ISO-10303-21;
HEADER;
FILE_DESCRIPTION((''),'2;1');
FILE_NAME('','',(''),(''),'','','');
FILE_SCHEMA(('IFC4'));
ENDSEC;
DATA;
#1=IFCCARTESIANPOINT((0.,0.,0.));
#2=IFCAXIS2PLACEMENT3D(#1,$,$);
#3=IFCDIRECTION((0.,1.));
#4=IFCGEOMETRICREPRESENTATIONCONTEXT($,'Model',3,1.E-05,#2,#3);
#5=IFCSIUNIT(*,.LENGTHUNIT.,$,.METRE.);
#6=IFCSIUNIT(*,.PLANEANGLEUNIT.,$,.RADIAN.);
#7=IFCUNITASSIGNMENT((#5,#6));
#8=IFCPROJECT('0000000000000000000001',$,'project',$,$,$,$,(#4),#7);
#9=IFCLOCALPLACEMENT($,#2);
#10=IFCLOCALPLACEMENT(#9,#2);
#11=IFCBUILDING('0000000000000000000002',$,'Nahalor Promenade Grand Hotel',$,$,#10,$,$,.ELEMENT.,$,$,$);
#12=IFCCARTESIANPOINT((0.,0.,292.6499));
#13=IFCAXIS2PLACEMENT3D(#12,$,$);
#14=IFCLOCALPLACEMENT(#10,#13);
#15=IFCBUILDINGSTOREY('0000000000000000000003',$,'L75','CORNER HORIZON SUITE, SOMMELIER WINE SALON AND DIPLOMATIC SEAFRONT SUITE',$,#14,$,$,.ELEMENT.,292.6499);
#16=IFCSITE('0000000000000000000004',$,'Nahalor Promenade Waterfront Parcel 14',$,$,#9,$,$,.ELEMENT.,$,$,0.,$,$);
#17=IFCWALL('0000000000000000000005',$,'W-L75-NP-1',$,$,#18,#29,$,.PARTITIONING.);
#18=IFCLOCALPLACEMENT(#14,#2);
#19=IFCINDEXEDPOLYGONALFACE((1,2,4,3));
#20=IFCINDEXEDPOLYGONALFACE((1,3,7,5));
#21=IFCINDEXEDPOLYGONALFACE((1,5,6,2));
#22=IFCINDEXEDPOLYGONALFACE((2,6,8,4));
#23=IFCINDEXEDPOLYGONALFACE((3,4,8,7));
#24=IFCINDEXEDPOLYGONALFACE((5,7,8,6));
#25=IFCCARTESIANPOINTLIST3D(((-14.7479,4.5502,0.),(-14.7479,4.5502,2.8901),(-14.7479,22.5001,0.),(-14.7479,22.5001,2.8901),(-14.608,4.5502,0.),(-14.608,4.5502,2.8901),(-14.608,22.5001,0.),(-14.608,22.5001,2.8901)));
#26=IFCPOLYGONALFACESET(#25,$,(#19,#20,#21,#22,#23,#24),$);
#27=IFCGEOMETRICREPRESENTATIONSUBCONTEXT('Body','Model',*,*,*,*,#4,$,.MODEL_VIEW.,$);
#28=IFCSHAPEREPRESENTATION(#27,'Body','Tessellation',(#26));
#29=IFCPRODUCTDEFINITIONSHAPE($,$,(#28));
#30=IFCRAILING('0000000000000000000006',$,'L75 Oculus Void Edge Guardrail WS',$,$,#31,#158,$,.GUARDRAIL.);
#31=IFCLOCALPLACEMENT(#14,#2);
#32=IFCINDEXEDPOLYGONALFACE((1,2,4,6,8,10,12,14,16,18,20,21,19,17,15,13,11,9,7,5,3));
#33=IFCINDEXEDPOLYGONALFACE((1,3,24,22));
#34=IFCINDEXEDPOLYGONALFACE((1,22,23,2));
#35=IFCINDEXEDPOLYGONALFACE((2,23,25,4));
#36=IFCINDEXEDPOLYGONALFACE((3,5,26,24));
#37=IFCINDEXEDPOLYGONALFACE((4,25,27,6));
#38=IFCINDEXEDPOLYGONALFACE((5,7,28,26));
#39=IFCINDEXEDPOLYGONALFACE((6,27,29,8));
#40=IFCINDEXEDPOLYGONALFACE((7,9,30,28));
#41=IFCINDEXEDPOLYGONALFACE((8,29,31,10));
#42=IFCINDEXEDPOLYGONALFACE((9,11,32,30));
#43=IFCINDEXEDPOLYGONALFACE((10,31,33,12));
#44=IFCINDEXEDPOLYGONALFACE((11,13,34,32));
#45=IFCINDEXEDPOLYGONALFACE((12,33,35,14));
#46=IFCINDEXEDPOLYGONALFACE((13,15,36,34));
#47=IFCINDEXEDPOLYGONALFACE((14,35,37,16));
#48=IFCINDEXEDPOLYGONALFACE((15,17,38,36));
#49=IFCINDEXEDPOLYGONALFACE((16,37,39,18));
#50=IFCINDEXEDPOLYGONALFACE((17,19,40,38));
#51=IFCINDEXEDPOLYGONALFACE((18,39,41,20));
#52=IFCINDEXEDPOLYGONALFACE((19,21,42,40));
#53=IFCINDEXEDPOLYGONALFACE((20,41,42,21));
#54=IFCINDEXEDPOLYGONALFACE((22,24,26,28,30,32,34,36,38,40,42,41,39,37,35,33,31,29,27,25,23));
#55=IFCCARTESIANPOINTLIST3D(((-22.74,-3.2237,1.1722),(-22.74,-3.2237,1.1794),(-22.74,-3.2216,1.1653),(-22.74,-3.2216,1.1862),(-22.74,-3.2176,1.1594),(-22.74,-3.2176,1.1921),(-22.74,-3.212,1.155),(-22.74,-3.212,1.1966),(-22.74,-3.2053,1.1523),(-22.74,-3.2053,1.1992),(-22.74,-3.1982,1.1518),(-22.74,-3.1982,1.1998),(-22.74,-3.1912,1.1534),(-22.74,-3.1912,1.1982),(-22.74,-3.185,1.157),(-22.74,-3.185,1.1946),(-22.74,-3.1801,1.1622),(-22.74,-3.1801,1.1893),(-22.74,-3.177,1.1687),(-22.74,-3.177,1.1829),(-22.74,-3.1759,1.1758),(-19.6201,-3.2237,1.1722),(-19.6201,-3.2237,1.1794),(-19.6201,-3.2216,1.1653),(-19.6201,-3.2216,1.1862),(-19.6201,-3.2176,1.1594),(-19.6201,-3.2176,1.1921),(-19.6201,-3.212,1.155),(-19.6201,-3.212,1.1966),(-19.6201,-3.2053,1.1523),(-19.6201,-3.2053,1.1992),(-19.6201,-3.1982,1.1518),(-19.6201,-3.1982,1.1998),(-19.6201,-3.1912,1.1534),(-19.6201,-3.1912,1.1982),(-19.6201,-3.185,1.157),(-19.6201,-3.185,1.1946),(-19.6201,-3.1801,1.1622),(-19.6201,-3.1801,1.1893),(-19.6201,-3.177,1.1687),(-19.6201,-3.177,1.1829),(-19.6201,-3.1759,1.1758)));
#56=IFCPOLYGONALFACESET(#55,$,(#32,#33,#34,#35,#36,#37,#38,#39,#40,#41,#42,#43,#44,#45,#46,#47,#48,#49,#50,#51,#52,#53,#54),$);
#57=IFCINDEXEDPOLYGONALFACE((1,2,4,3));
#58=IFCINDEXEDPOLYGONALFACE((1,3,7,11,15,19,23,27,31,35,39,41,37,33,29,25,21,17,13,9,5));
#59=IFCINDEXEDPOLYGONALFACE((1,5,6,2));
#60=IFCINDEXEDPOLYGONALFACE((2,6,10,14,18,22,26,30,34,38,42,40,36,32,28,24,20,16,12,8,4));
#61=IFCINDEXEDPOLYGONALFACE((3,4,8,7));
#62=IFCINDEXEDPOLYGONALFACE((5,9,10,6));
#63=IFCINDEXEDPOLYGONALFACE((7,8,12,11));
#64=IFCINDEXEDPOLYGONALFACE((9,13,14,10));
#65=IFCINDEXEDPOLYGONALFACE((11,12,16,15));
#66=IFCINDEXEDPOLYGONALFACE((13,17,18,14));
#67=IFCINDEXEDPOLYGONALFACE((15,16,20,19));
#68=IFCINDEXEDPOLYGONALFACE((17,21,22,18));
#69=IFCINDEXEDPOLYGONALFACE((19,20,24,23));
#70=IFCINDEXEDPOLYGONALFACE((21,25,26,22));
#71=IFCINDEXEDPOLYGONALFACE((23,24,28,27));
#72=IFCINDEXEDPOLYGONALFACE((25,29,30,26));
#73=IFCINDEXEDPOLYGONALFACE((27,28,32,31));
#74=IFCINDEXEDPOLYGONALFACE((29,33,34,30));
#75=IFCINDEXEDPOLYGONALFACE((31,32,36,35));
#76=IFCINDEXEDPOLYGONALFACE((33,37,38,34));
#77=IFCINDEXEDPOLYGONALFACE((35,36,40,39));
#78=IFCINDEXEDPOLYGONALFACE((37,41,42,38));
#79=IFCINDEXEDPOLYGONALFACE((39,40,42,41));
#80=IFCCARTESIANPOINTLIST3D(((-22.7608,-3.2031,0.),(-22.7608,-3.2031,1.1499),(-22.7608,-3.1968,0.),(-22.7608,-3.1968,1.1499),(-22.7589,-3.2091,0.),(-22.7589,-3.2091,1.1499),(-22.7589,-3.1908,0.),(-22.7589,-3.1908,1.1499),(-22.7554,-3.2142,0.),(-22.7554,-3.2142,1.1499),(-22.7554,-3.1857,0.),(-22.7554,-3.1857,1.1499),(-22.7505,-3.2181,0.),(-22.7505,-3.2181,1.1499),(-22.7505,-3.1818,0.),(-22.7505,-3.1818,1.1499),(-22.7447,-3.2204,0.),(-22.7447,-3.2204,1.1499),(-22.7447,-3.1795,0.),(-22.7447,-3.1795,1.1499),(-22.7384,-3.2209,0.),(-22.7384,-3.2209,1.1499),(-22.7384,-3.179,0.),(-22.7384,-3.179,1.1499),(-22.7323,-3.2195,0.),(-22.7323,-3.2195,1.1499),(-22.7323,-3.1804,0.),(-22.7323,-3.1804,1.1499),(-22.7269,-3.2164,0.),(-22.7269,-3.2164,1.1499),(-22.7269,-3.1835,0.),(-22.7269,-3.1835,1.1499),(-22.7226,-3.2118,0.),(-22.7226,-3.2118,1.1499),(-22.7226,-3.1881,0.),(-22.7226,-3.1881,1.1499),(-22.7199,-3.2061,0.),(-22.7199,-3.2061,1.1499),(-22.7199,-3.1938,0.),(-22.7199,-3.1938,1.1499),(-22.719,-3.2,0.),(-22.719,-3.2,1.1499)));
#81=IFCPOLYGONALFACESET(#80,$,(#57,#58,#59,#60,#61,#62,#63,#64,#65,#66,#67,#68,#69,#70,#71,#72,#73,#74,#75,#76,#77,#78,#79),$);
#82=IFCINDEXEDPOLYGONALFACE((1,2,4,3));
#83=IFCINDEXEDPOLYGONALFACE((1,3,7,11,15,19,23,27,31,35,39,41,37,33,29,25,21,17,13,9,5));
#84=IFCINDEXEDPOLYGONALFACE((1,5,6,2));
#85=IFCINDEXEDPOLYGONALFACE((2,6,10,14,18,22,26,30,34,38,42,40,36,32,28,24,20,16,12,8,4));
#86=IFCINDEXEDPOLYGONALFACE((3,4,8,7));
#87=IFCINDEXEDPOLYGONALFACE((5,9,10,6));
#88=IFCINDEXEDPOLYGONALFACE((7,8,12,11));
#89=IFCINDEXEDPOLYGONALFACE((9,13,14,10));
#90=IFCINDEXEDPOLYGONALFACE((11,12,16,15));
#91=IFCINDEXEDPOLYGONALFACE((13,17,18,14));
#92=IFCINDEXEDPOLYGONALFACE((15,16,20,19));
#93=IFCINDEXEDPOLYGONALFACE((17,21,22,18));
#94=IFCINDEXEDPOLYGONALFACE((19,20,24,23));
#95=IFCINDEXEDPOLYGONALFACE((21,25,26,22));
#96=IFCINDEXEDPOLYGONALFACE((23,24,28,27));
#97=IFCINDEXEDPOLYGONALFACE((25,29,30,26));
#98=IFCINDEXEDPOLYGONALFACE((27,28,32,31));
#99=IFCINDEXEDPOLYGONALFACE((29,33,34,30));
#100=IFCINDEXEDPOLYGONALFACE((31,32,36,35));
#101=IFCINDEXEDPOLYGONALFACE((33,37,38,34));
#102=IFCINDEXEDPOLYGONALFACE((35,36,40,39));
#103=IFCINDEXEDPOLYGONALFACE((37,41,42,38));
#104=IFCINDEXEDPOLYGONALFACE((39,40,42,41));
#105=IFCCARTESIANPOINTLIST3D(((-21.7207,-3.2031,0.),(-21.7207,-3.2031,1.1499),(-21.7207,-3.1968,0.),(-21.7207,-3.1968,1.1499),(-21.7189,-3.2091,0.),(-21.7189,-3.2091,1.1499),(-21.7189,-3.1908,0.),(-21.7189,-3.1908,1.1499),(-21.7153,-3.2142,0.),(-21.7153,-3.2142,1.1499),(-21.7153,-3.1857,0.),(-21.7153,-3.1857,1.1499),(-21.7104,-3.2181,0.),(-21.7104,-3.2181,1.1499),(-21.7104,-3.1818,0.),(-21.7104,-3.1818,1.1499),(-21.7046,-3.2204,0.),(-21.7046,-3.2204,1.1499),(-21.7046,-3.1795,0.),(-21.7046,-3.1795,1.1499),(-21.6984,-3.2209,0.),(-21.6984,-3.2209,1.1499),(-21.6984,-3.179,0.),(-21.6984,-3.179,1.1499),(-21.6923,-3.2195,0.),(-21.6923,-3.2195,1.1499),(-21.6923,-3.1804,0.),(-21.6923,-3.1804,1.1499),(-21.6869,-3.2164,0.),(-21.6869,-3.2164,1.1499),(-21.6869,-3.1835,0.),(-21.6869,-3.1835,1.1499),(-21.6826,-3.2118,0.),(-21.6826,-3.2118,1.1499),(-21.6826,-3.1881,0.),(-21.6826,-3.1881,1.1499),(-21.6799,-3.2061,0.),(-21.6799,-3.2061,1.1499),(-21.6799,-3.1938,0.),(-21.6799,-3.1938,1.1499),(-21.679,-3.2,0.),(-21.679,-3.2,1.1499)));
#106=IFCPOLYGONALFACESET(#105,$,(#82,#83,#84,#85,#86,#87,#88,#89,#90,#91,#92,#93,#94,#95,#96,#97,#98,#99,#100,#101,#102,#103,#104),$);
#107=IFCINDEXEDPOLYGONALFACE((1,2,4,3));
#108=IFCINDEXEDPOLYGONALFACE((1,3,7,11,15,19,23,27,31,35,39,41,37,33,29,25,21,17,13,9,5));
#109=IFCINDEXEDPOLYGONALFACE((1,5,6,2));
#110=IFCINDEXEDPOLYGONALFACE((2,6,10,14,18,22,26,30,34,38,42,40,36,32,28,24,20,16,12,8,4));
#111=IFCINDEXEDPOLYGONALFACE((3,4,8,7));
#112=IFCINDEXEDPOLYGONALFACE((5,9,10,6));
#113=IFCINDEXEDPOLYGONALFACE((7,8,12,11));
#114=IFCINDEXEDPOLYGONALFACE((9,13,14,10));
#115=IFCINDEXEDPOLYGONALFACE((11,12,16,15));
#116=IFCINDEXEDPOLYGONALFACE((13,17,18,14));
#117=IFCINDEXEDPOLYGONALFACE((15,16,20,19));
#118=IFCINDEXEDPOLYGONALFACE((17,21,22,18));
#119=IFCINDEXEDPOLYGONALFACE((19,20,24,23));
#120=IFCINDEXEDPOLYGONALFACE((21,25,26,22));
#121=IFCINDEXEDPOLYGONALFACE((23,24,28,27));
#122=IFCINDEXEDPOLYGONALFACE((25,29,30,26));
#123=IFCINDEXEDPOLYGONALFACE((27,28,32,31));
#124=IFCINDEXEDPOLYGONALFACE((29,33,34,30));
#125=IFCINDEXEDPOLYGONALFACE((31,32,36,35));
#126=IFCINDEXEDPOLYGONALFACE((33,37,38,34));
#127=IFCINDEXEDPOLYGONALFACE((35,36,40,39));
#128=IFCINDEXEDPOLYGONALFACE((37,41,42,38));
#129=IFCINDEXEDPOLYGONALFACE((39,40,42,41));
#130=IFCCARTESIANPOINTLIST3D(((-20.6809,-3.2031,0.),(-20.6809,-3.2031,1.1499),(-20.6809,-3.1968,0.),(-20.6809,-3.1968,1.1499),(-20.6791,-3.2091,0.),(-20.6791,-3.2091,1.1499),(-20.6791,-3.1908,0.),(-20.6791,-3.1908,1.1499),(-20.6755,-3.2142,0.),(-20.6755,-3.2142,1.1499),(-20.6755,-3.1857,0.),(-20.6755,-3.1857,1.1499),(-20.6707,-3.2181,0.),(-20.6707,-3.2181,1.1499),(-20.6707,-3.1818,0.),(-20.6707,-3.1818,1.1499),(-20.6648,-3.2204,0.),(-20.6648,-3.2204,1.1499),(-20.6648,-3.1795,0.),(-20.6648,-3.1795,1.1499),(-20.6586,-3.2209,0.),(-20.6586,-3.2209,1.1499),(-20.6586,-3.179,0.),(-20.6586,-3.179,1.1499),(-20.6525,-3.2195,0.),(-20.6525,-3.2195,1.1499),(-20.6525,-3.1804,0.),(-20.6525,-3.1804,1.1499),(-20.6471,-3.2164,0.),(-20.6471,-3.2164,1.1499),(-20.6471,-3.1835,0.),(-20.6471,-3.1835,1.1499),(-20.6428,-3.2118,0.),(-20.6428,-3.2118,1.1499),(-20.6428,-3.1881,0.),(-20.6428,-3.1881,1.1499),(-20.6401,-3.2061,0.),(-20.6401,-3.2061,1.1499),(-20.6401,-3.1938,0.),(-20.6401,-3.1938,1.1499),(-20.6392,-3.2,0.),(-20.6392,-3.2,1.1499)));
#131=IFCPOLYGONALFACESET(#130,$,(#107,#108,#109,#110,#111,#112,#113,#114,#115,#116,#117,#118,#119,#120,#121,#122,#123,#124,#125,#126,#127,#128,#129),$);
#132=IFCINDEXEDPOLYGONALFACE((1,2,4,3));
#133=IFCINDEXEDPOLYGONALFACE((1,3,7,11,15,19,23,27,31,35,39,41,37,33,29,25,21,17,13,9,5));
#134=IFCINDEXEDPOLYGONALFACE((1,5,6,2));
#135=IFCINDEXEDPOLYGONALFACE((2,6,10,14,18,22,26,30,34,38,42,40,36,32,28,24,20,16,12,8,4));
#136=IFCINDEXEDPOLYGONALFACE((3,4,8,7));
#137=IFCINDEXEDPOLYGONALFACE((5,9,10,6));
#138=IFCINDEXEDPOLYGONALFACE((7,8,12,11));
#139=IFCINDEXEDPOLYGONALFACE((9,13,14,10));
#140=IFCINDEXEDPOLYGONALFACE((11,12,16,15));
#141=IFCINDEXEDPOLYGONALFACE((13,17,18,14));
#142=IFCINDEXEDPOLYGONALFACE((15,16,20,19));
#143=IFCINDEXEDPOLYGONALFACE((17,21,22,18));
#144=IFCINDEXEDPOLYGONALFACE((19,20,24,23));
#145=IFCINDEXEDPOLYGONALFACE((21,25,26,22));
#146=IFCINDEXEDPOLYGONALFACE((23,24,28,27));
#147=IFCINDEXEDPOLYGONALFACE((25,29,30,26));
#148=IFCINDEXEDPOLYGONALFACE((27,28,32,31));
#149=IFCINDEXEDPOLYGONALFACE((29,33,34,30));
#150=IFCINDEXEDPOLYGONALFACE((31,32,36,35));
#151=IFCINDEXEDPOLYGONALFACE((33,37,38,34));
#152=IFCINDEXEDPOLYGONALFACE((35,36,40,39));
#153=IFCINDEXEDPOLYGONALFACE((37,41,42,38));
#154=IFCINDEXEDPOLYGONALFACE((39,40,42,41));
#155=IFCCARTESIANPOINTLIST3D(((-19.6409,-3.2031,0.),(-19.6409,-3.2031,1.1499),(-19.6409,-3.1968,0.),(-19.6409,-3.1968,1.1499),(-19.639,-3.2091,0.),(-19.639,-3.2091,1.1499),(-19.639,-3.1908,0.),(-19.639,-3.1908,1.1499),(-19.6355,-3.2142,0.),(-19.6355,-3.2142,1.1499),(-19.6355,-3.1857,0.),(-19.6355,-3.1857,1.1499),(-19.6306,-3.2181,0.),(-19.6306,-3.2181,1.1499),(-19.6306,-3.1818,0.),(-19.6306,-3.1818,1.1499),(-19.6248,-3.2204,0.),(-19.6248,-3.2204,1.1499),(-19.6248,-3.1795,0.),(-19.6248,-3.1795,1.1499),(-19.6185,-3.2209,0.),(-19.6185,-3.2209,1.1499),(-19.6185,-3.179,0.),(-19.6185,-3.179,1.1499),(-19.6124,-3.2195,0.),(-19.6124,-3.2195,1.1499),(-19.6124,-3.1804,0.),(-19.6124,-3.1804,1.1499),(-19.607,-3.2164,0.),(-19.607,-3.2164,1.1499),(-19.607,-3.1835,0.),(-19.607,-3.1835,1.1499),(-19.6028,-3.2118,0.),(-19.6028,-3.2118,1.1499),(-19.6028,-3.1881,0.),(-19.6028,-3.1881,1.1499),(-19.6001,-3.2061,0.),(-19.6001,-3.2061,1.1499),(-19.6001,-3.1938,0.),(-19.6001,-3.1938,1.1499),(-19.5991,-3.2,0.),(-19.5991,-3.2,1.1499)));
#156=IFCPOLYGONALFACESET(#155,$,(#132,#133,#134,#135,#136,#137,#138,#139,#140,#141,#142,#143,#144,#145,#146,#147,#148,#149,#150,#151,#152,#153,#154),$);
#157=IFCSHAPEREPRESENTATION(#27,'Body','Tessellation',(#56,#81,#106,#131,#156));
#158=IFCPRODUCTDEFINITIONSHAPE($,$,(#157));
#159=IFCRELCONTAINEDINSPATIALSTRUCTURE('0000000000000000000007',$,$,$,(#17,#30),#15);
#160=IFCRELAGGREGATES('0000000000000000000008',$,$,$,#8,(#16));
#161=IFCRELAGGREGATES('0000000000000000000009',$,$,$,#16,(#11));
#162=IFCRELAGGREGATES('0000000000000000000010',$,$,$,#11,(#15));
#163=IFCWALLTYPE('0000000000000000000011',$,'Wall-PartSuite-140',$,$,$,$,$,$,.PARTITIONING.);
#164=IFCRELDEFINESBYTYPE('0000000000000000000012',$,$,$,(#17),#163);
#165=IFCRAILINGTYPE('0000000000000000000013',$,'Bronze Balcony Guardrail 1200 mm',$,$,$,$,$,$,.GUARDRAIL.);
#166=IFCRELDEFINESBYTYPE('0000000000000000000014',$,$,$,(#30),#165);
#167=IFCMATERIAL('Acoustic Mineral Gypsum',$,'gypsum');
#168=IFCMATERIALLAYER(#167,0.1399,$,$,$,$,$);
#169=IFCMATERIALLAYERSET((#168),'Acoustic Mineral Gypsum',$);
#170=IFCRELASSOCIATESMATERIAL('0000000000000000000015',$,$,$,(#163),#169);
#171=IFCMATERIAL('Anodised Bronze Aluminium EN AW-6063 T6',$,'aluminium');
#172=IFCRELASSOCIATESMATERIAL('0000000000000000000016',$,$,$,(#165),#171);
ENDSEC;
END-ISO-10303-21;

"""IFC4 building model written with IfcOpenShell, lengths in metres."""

from ifc_helpers import new_model, si_unit, direction, frame, frame_2d, origin, origin_2d, place, context, subcontext, project, spatial, rectangle, circle, extrude, source, transform, mapped, material, layer, layer_set, type_object, element, save


model = new_model("IFC4")

# Units and contexts
model_context = context("Model", 3, precision=1e-05, world=origin(), true_north=direction((0.0, 1.0)))
body_context = subcontext(model_context, "Body", "Model", "MODEL_VIEW")
ifc_project = project(units=[si_unit("LENGTHUNIT", "METRE"), si_unit("PLANEANGLEUNIT", "RADIAN")], contexts=[model_context])

# Site, building, storey
site_placement = place(None, origin())
site = spatial("IfcSite", under=ifc_project, at=site_placement, Name="Nahalor Promenade Waterfront Parcel 14", CompositionType="ELEMENT", RefElevation=0.0)
building_placement = place(site_placement, origin())
building = spatial("IfcBuilding", under=site, at=building_placement, Name="Nahalor Promenade Grand Hotel", CompositionType="ELEMENT")
storey_placement = place(building_placement, frame((0.0, 0.0, 292.6499)))
storey = spatial("IfcBuildingStorey", under=building, at=storey_placement, Name="L75", Description="CORNER HORIZON SUITE, SOMMELIER WINE SALON AND DIPLOMATIC SEAFRONT SUITE", CompositionType="ELEMENT", Elevation=292.6499)

# Shared definitions
ifc_material_1 = material(Name="Anodised Bronze Aluminium EN AW-6063 T6", Category="aluminium")

# Shared definitions
ifc_material_2 = material(Name="Acoustic Mineral Gypsum", Category="gypsum")

# Wall
ifc_layer_1 = layer(ifc_material_2, 0.1399)
ifc_layer_set_1 = layer_set([ifc_layer_1], Name="Acoustic Mineral Gypsum")
wall_type_1 = type_object("IfcWallType", Name="Wall-PartSuite-140", PredefinedType="PARTITIONING", material=ifc_layer_set_1)
shared_shape_1 = source(origin(), body_context, "Body", "SweptSolid", [
    extrude(rectangle(XDim=17.95, YDim=0.1399, at=frame_2d((8.9751, 0.0))), origin(), (0.0, 0.0, 1.0), 2.8901),
])
wall_1_placement = place(storey_placement, frame((-14.678, 4.55, 0.0), z_axis=(0.0, 0.0, 1.0), x_axis=(0.0, 1.0, 0.0)))
element("IfcWall", 1, at=wall_1_placement, inside=storey, type_object=wall_type_1, Name="W-L75-NP-1", PredefinedType="PARTITIONING", context=body_context, shape_type="MappedRepresentation", body=[
    mapped(shared_shape_1, transform((0.0, 0.0, 0.0), scale=1.0)),
])

# Railing
railing_type = type_object("IfcRailingType", Name="Bronze Balcony Guardrail 1200 mm", PredefinedType="GUARDRAIL", material=ifc_material_1)
for number, where, name in (
    (2, (-22.74, -3.2, 0.0), "L75 Oculus Void Edge Guardrail WS"),
):
    element("IfcRailing", number, at=place(storey_placement, frame(where)), inside=storey, type_object=railing_type, Name=name, PredefinedType="GUARDRAIL", context=body_context, shape_type="SweptSolid", body=[
        extrude(circle(Radius=0.024, at=origin_2d()), frame((0.0, 0.0, 1.1758), z_axis=(1.0, 0.0, 0.0), x_axis=(0.0, 1.0, 0.0)), (0.0, 0.0, 1.0), 3.1199),
        extrude(circle(Radius=0.021, at=origin_2d()), origin(), (0.0, 0.0, 1.0), 1.1499),
        extrude(circle(Radius=0.021, at=origin_2d()), frame((1.04, 0.0, 0.0)), (0.0, 0.0, 1.0), 1.1499),
        extrude(circle(Radius=0.021, at=origin_2d()), frame((2.0798, 0.0, 0.0)), (0.0, 0.0, 1.0), 1.1499),
        extrude(circle(Radius=0.021, at=origin_2d()), frame((3.1199, 0.0, 0.0)), (0.0, 0.0, 1.0), 1.1499),
    ])

save(model, "model.ifc")
